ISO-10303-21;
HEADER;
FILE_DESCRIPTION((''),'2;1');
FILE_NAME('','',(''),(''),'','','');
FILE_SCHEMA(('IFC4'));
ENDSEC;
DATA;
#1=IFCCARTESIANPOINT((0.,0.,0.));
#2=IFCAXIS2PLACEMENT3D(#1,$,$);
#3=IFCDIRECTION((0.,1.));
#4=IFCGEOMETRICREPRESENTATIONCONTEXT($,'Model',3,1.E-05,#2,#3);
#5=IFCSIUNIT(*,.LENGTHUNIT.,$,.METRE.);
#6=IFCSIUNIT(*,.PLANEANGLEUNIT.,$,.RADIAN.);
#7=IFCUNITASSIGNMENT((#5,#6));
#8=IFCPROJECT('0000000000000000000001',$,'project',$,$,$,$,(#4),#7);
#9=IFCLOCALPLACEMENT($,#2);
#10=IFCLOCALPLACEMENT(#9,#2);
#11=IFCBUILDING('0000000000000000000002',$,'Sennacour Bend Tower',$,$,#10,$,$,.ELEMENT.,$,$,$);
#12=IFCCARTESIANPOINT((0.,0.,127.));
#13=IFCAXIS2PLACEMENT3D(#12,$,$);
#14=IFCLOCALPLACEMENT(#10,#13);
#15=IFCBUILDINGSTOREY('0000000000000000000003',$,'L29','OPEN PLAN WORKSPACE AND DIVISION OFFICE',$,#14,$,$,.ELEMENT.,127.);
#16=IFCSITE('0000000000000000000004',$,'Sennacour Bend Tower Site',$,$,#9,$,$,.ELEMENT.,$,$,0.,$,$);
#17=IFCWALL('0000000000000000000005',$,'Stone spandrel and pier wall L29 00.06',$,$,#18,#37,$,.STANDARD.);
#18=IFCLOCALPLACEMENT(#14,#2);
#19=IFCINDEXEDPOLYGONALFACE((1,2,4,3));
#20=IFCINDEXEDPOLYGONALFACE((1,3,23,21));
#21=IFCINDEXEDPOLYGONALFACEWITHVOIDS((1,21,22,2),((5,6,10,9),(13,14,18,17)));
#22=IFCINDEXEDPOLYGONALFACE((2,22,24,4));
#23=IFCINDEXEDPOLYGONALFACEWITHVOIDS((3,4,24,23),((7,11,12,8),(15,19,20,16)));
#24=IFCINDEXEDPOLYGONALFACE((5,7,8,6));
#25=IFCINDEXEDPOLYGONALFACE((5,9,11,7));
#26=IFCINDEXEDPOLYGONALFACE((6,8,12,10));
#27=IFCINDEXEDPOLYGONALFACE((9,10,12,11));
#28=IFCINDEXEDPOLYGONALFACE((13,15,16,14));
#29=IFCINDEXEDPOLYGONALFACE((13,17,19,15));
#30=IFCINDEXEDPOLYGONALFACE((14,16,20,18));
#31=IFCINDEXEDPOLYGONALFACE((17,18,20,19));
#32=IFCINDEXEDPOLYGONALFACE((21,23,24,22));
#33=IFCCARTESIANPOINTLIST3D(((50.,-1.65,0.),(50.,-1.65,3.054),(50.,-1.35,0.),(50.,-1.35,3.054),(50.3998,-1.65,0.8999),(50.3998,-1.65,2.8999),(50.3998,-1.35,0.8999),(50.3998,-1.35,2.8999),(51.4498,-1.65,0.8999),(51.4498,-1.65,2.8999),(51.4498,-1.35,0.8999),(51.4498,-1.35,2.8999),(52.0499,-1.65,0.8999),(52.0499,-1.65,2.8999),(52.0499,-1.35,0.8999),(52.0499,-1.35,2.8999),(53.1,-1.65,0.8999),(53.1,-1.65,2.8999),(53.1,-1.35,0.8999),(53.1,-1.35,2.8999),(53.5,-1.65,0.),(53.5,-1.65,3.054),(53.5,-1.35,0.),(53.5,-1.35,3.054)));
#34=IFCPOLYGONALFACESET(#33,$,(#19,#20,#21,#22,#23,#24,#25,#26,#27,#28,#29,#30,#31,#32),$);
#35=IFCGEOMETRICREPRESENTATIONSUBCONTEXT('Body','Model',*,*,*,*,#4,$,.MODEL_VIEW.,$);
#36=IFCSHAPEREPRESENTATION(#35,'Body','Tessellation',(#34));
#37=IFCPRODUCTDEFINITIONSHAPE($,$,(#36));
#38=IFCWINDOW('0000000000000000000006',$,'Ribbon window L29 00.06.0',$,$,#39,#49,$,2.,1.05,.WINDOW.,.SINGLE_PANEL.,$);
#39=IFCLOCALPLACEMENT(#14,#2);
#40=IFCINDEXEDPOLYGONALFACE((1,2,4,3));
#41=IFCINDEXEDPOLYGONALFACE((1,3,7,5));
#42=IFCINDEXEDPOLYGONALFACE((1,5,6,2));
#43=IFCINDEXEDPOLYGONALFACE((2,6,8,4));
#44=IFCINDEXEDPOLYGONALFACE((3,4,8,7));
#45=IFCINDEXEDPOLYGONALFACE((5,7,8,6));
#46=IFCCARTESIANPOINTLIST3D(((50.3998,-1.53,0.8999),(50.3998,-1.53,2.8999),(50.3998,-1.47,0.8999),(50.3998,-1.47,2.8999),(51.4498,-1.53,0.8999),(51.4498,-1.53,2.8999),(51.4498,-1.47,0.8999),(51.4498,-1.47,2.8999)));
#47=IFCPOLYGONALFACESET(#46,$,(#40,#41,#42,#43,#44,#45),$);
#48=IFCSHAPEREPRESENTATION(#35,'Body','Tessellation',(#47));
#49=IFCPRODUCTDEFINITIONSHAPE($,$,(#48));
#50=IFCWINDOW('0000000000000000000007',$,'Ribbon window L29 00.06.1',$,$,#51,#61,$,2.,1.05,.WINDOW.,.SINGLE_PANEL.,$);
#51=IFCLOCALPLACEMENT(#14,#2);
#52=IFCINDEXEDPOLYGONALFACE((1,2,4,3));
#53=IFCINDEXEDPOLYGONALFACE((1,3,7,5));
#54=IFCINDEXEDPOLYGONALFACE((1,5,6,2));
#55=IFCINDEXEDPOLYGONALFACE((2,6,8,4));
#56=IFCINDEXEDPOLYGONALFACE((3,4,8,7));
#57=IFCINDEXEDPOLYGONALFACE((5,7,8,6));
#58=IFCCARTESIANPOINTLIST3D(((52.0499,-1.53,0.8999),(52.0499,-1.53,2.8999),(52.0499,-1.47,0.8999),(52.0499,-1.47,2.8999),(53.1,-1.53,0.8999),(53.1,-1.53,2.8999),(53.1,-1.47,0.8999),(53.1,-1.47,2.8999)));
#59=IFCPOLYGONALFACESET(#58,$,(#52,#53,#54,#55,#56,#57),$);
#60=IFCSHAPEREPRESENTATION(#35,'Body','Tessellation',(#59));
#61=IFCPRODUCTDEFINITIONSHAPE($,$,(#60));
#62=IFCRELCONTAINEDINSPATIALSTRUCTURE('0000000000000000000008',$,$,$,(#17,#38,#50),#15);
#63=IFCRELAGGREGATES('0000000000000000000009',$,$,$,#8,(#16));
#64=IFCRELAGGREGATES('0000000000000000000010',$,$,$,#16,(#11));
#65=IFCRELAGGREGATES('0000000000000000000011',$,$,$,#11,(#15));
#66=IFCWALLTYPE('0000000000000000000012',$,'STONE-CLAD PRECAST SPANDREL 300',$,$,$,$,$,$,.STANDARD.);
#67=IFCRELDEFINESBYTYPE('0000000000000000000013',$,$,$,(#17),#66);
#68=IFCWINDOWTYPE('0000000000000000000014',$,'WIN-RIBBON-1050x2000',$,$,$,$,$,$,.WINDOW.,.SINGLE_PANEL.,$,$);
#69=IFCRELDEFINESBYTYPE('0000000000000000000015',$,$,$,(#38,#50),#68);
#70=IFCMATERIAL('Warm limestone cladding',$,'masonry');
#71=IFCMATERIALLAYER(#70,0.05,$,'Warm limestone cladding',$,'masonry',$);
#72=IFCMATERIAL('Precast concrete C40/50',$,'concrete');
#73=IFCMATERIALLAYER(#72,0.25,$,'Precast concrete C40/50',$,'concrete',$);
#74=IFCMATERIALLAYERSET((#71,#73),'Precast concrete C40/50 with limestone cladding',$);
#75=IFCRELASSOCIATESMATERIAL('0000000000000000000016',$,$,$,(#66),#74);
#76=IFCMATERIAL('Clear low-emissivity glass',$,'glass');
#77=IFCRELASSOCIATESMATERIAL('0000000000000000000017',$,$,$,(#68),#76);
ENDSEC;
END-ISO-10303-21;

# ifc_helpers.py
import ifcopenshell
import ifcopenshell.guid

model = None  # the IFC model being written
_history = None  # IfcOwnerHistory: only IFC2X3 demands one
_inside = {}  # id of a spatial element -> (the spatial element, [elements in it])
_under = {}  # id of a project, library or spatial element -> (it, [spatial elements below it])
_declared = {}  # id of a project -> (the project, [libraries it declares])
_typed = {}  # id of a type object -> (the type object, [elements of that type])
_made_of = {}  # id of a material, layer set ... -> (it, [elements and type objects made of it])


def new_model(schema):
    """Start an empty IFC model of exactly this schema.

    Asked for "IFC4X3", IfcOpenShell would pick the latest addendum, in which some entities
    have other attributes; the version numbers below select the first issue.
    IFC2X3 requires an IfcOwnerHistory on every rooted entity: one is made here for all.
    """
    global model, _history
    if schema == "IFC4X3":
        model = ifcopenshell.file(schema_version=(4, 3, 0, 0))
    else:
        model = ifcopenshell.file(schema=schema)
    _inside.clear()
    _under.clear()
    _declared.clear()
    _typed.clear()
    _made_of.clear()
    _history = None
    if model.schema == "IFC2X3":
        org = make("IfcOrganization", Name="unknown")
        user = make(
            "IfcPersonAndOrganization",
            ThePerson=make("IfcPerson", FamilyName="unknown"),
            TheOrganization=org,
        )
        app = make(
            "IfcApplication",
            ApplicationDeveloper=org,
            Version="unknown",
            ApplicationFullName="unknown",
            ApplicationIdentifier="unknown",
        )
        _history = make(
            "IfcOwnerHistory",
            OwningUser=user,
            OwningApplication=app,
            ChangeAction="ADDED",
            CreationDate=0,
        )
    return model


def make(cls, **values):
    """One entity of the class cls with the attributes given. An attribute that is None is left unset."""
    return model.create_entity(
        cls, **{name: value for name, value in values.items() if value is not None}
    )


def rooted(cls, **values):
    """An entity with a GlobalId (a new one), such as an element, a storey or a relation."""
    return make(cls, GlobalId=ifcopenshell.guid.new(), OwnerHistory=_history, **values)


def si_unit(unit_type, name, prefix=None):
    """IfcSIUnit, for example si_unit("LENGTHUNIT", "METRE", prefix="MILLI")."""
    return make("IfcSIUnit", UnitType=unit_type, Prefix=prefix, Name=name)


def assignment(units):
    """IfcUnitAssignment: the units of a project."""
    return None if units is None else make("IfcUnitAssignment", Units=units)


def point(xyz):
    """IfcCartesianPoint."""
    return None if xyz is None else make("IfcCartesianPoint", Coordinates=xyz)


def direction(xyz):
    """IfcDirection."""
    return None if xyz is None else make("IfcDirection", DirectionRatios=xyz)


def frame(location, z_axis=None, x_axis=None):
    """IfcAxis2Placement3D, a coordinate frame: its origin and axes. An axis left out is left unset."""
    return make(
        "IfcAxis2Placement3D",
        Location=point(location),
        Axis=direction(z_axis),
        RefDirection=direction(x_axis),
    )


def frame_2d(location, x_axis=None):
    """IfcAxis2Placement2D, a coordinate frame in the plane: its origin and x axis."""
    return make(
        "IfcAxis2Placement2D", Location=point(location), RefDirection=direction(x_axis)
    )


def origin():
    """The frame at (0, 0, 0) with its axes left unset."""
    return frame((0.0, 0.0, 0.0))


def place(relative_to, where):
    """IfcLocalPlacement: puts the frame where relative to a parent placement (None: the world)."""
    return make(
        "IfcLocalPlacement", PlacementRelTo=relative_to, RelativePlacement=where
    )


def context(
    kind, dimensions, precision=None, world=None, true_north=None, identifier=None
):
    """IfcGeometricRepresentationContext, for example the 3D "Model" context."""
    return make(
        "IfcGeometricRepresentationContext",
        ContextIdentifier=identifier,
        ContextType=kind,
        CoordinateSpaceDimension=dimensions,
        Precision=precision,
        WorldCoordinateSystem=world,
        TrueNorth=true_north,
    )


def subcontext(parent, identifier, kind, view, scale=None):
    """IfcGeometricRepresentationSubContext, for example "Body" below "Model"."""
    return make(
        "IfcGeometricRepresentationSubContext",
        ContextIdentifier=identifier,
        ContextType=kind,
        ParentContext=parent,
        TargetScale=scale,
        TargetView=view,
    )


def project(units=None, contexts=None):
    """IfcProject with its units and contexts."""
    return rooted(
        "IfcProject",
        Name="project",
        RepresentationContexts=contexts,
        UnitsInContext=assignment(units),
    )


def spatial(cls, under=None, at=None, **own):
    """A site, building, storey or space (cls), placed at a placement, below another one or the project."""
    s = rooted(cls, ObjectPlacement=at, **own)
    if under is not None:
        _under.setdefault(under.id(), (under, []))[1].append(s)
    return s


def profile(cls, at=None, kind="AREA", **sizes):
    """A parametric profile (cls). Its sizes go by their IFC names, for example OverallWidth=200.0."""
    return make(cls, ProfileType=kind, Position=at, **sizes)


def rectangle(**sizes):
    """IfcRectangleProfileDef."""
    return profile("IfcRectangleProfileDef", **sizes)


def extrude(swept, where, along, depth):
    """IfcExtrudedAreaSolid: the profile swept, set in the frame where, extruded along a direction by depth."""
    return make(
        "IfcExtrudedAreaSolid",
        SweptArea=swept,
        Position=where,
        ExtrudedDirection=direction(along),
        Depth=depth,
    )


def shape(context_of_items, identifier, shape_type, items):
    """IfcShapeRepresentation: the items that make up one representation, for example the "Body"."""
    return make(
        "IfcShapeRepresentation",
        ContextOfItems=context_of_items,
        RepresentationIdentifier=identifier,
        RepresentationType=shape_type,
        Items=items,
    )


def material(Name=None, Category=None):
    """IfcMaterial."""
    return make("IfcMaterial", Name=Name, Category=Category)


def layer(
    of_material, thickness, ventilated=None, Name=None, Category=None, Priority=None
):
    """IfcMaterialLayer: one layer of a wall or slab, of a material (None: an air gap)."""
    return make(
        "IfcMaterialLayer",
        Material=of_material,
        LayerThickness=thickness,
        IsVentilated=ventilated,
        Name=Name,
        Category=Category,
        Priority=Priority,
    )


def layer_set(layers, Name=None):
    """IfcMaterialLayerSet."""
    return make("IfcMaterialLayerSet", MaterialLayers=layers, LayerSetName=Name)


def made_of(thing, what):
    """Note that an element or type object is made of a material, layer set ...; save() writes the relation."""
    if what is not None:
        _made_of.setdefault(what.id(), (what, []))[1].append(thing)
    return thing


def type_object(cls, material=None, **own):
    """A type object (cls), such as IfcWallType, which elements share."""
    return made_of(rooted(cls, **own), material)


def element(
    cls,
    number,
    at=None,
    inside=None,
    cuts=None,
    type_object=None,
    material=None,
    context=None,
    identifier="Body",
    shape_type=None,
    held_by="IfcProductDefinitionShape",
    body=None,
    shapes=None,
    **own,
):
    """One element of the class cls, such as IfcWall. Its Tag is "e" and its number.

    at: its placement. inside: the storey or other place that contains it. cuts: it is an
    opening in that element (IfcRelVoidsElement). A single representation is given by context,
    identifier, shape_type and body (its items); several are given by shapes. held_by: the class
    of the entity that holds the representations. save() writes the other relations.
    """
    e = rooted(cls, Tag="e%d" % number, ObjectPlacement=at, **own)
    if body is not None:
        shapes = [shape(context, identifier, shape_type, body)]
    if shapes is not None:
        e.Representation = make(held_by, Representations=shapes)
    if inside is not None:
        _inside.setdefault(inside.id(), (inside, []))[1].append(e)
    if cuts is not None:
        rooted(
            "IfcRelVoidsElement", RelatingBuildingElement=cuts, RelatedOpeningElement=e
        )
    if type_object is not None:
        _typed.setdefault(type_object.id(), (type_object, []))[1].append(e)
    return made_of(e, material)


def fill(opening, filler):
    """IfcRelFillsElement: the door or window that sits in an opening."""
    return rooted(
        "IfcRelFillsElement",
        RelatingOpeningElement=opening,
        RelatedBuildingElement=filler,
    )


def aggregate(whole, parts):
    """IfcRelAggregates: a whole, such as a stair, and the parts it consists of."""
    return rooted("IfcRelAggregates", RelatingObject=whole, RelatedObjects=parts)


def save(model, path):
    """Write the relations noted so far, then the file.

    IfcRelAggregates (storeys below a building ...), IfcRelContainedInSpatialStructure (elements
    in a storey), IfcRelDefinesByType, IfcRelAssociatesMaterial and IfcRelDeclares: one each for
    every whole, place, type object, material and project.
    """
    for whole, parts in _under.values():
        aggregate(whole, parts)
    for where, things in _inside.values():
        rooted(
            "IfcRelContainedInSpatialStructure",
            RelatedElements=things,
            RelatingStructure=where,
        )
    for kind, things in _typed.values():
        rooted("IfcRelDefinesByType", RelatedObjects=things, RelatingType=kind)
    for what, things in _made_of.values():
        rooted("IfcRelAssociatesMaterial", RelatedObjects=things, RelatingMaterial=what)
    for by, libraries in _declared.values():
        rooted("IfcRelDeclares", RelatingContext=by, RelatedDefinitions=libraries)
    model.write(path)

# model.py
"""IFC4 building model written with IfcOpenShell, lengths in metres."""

from ifc_helpers import new_model, si_unit, direction, frame, frame_2d, origin, place, context, subcontext, project, spatial, rectangle, extrude, material, layer, layer_set, type_object, element, fill, save


model = new_model("IFC4")

# Units and contexts
model_context = context("Model", 3, precision=1e-05, world=origin(), true_north=direction((0.0, 1.0)))
body_context = subcontext(model_context, "Body", "Model", "MODEL_VIEW")
ifc_project = project(units=[si_unit("LENGTHUNIT", "METRE"), si_unit("PLANEANGLEUNIT", "RADIAN")], contexts=[model_context])

# Site, building, storey
site_placement = place(None, origin())
site = spatial("IfcSite", under=ifc_project, at=site_placement, Name="Sennacour Bend Tower Site", CompositionType="ELEMENT", RefElevation=0.0)
building_placement = place(site_placement, origin())
building = spatial("IfcBuilding", under=site, at=building_placement, Name="Sennacour Bend Tower", CompositionType="ELEMENT")
storey_placement = place(building_placement, frame((0.0, 0.0, 127.0)))
storey = spatial("IfcBuildingStorey", under=building, at=storey_placement, Name="L29", Description="OPEN PLAN WORKSPACE AND DIVISION OFFICE", CompositionType="ELEMENT", Elevation=127.0)

# Wall, openings, windows
ifc_material_1 = material(Name="Warm limestone cladding", Category="masonry")
ifc_layer_1 = layer(ifc_material_1, 0.05, Name="Warm limestone cladding", Category="masonry")
ifc_material_2 = material(Name="Precast concrete C40/50", Category="concrete")
ifc_layer_2 = layer(ifc_material_2, 0.25, Name="Precast concrete C40/50", Category="concrete")
ifc_layer_set_1 = layer_set([ifc_layer_1, ifc_layer_2], Name="Precast concrete C40/50 with limestone cladding")
wall_type_1 = type_object("IfcWallType", Name="STONE-CLAD PRECAST SPANDREL 300", PredefinedType="STANDARD", material=ifc_layer_set_1)
ifc_material_3 = material(Name="Clear low-emissivity glass", Category="glass")
window_type = type_object("IfcWindowType", Name="WIN-RIBBON-1050x2000", PartitioningType="SINGLE_PANEL", PredefinedType="WINDOW", material=ifc_material_3)
wall_1_placement = place(storey_placement, frame((50.0, -1.5, 0.0), z_axis=(0.0, 0.0, 1.0), x_axis=(1.0, 0.0, 0.0)))
wall_1 = element("IfcWall", 1, at=wall_1_placement, inside=storey, type_object=wall_type_1, Name="Stone spandrel and pier wall L29 00.06", PredefinedType="STANDARD", context=body_context, shape_type="SweptSolid", body=[
    extrude(rectangle(XDim=3.5, YDim=0.3, at=frame_2d((1.75, 0.0))), origin(), (0.0, 0.0, 1.0), 3.054),
])
opening_1_placement = place(wall_1_placement, frame((0.3999, 0.0, 0.8999)))
opening_1 = element("IfcOpeningElement", 2, at=opening_1_placement, cuts=wall_1, PredefinedType="OPENING", context=body_context, shape_type="SweptSolid", body=[
    extrude(rectangle(XDim=1.05, YDim=2.0, at=frame_2d((0.5249, 1.0))), frame((0.0, 0.1602, 0.0), z_axis=(0.0, -1.0, 0.0), x_axis=(1.0, 0.0, 0.0)), (0.0, 0.0, 1.0), 0.3201),
])
opening_2_placement = place(wall_1_placement, frame((2.05, 0.0, 0.8999)))
opening_2 = element("IfcOpeningElement", 3, at=opening_2_placement, cuts=wall_1, PredefinedType="OPENING", context=body_context, shape_type="SweptSolid", body=[
    extrude(rectangle(XDim=1.05, YDim=2.0, at=frame_2d((0.5249, 1.0))), frame((0.0, 0.1602, 0.0), z_axis=(0.0, -1.0, 0.0), x_axis=(1.0, 0.0, 0.0)), (0.0, 0.0, 1.0), 0.3201),
])
window_1_placement = place(opening_1_placement, origin())
window_1 = element("IfcWindow", 4, at=window_1_placement, inside=storey, type_object=window_type, Name="Ribbon window L29 00.06.0", OverallHeight=2.0, OverallWidth=1.05, PartitioningType="SINGLE_PANEL", PredefinedType="WINDOW", context=body_context, shape_type="SweptSolid", body=[
    extrude(rectangle(XDim=1.05, YDim=2.0, at=frame_2d((0.5249, 1.0))), frame((0.0, 0.03, 0.0), z_axis=(0.0, -1.0, 0.0), x_axis=(1.0, 0.0, 0.0)), (0.0, 0.0, 1.0), 0.0601),
])
fill(opening_1, window_1)
window_2_placement = place(opening_2_placement, origin())
window_2 = element("IfcWindow", 5, at=window_2_placement, inside=storey, type_object=window_type, Name="Ribbon window L29 00.06.1", OverallHeight=2.0, OverallWidth=1.05, PartitioningType="SINGLE_PANEL", PredefinedType="WINDOW", context=body_context, shape_type="SweptSolid", body=[
    extrude(rectangle(XDim=1.05, YDim=2.0, at=frame_2d((0.5249, 1.0))), frame((0.0, 0.03, 0.0), z_axis=(0.0, -1.0, 0.0), x_axis=(1.0, 0.0, 0.0)), (0.0, 0.0, 1.0), 0.0601),
])
fill(opening_2, window_2)

save(model, "model.ifc")
